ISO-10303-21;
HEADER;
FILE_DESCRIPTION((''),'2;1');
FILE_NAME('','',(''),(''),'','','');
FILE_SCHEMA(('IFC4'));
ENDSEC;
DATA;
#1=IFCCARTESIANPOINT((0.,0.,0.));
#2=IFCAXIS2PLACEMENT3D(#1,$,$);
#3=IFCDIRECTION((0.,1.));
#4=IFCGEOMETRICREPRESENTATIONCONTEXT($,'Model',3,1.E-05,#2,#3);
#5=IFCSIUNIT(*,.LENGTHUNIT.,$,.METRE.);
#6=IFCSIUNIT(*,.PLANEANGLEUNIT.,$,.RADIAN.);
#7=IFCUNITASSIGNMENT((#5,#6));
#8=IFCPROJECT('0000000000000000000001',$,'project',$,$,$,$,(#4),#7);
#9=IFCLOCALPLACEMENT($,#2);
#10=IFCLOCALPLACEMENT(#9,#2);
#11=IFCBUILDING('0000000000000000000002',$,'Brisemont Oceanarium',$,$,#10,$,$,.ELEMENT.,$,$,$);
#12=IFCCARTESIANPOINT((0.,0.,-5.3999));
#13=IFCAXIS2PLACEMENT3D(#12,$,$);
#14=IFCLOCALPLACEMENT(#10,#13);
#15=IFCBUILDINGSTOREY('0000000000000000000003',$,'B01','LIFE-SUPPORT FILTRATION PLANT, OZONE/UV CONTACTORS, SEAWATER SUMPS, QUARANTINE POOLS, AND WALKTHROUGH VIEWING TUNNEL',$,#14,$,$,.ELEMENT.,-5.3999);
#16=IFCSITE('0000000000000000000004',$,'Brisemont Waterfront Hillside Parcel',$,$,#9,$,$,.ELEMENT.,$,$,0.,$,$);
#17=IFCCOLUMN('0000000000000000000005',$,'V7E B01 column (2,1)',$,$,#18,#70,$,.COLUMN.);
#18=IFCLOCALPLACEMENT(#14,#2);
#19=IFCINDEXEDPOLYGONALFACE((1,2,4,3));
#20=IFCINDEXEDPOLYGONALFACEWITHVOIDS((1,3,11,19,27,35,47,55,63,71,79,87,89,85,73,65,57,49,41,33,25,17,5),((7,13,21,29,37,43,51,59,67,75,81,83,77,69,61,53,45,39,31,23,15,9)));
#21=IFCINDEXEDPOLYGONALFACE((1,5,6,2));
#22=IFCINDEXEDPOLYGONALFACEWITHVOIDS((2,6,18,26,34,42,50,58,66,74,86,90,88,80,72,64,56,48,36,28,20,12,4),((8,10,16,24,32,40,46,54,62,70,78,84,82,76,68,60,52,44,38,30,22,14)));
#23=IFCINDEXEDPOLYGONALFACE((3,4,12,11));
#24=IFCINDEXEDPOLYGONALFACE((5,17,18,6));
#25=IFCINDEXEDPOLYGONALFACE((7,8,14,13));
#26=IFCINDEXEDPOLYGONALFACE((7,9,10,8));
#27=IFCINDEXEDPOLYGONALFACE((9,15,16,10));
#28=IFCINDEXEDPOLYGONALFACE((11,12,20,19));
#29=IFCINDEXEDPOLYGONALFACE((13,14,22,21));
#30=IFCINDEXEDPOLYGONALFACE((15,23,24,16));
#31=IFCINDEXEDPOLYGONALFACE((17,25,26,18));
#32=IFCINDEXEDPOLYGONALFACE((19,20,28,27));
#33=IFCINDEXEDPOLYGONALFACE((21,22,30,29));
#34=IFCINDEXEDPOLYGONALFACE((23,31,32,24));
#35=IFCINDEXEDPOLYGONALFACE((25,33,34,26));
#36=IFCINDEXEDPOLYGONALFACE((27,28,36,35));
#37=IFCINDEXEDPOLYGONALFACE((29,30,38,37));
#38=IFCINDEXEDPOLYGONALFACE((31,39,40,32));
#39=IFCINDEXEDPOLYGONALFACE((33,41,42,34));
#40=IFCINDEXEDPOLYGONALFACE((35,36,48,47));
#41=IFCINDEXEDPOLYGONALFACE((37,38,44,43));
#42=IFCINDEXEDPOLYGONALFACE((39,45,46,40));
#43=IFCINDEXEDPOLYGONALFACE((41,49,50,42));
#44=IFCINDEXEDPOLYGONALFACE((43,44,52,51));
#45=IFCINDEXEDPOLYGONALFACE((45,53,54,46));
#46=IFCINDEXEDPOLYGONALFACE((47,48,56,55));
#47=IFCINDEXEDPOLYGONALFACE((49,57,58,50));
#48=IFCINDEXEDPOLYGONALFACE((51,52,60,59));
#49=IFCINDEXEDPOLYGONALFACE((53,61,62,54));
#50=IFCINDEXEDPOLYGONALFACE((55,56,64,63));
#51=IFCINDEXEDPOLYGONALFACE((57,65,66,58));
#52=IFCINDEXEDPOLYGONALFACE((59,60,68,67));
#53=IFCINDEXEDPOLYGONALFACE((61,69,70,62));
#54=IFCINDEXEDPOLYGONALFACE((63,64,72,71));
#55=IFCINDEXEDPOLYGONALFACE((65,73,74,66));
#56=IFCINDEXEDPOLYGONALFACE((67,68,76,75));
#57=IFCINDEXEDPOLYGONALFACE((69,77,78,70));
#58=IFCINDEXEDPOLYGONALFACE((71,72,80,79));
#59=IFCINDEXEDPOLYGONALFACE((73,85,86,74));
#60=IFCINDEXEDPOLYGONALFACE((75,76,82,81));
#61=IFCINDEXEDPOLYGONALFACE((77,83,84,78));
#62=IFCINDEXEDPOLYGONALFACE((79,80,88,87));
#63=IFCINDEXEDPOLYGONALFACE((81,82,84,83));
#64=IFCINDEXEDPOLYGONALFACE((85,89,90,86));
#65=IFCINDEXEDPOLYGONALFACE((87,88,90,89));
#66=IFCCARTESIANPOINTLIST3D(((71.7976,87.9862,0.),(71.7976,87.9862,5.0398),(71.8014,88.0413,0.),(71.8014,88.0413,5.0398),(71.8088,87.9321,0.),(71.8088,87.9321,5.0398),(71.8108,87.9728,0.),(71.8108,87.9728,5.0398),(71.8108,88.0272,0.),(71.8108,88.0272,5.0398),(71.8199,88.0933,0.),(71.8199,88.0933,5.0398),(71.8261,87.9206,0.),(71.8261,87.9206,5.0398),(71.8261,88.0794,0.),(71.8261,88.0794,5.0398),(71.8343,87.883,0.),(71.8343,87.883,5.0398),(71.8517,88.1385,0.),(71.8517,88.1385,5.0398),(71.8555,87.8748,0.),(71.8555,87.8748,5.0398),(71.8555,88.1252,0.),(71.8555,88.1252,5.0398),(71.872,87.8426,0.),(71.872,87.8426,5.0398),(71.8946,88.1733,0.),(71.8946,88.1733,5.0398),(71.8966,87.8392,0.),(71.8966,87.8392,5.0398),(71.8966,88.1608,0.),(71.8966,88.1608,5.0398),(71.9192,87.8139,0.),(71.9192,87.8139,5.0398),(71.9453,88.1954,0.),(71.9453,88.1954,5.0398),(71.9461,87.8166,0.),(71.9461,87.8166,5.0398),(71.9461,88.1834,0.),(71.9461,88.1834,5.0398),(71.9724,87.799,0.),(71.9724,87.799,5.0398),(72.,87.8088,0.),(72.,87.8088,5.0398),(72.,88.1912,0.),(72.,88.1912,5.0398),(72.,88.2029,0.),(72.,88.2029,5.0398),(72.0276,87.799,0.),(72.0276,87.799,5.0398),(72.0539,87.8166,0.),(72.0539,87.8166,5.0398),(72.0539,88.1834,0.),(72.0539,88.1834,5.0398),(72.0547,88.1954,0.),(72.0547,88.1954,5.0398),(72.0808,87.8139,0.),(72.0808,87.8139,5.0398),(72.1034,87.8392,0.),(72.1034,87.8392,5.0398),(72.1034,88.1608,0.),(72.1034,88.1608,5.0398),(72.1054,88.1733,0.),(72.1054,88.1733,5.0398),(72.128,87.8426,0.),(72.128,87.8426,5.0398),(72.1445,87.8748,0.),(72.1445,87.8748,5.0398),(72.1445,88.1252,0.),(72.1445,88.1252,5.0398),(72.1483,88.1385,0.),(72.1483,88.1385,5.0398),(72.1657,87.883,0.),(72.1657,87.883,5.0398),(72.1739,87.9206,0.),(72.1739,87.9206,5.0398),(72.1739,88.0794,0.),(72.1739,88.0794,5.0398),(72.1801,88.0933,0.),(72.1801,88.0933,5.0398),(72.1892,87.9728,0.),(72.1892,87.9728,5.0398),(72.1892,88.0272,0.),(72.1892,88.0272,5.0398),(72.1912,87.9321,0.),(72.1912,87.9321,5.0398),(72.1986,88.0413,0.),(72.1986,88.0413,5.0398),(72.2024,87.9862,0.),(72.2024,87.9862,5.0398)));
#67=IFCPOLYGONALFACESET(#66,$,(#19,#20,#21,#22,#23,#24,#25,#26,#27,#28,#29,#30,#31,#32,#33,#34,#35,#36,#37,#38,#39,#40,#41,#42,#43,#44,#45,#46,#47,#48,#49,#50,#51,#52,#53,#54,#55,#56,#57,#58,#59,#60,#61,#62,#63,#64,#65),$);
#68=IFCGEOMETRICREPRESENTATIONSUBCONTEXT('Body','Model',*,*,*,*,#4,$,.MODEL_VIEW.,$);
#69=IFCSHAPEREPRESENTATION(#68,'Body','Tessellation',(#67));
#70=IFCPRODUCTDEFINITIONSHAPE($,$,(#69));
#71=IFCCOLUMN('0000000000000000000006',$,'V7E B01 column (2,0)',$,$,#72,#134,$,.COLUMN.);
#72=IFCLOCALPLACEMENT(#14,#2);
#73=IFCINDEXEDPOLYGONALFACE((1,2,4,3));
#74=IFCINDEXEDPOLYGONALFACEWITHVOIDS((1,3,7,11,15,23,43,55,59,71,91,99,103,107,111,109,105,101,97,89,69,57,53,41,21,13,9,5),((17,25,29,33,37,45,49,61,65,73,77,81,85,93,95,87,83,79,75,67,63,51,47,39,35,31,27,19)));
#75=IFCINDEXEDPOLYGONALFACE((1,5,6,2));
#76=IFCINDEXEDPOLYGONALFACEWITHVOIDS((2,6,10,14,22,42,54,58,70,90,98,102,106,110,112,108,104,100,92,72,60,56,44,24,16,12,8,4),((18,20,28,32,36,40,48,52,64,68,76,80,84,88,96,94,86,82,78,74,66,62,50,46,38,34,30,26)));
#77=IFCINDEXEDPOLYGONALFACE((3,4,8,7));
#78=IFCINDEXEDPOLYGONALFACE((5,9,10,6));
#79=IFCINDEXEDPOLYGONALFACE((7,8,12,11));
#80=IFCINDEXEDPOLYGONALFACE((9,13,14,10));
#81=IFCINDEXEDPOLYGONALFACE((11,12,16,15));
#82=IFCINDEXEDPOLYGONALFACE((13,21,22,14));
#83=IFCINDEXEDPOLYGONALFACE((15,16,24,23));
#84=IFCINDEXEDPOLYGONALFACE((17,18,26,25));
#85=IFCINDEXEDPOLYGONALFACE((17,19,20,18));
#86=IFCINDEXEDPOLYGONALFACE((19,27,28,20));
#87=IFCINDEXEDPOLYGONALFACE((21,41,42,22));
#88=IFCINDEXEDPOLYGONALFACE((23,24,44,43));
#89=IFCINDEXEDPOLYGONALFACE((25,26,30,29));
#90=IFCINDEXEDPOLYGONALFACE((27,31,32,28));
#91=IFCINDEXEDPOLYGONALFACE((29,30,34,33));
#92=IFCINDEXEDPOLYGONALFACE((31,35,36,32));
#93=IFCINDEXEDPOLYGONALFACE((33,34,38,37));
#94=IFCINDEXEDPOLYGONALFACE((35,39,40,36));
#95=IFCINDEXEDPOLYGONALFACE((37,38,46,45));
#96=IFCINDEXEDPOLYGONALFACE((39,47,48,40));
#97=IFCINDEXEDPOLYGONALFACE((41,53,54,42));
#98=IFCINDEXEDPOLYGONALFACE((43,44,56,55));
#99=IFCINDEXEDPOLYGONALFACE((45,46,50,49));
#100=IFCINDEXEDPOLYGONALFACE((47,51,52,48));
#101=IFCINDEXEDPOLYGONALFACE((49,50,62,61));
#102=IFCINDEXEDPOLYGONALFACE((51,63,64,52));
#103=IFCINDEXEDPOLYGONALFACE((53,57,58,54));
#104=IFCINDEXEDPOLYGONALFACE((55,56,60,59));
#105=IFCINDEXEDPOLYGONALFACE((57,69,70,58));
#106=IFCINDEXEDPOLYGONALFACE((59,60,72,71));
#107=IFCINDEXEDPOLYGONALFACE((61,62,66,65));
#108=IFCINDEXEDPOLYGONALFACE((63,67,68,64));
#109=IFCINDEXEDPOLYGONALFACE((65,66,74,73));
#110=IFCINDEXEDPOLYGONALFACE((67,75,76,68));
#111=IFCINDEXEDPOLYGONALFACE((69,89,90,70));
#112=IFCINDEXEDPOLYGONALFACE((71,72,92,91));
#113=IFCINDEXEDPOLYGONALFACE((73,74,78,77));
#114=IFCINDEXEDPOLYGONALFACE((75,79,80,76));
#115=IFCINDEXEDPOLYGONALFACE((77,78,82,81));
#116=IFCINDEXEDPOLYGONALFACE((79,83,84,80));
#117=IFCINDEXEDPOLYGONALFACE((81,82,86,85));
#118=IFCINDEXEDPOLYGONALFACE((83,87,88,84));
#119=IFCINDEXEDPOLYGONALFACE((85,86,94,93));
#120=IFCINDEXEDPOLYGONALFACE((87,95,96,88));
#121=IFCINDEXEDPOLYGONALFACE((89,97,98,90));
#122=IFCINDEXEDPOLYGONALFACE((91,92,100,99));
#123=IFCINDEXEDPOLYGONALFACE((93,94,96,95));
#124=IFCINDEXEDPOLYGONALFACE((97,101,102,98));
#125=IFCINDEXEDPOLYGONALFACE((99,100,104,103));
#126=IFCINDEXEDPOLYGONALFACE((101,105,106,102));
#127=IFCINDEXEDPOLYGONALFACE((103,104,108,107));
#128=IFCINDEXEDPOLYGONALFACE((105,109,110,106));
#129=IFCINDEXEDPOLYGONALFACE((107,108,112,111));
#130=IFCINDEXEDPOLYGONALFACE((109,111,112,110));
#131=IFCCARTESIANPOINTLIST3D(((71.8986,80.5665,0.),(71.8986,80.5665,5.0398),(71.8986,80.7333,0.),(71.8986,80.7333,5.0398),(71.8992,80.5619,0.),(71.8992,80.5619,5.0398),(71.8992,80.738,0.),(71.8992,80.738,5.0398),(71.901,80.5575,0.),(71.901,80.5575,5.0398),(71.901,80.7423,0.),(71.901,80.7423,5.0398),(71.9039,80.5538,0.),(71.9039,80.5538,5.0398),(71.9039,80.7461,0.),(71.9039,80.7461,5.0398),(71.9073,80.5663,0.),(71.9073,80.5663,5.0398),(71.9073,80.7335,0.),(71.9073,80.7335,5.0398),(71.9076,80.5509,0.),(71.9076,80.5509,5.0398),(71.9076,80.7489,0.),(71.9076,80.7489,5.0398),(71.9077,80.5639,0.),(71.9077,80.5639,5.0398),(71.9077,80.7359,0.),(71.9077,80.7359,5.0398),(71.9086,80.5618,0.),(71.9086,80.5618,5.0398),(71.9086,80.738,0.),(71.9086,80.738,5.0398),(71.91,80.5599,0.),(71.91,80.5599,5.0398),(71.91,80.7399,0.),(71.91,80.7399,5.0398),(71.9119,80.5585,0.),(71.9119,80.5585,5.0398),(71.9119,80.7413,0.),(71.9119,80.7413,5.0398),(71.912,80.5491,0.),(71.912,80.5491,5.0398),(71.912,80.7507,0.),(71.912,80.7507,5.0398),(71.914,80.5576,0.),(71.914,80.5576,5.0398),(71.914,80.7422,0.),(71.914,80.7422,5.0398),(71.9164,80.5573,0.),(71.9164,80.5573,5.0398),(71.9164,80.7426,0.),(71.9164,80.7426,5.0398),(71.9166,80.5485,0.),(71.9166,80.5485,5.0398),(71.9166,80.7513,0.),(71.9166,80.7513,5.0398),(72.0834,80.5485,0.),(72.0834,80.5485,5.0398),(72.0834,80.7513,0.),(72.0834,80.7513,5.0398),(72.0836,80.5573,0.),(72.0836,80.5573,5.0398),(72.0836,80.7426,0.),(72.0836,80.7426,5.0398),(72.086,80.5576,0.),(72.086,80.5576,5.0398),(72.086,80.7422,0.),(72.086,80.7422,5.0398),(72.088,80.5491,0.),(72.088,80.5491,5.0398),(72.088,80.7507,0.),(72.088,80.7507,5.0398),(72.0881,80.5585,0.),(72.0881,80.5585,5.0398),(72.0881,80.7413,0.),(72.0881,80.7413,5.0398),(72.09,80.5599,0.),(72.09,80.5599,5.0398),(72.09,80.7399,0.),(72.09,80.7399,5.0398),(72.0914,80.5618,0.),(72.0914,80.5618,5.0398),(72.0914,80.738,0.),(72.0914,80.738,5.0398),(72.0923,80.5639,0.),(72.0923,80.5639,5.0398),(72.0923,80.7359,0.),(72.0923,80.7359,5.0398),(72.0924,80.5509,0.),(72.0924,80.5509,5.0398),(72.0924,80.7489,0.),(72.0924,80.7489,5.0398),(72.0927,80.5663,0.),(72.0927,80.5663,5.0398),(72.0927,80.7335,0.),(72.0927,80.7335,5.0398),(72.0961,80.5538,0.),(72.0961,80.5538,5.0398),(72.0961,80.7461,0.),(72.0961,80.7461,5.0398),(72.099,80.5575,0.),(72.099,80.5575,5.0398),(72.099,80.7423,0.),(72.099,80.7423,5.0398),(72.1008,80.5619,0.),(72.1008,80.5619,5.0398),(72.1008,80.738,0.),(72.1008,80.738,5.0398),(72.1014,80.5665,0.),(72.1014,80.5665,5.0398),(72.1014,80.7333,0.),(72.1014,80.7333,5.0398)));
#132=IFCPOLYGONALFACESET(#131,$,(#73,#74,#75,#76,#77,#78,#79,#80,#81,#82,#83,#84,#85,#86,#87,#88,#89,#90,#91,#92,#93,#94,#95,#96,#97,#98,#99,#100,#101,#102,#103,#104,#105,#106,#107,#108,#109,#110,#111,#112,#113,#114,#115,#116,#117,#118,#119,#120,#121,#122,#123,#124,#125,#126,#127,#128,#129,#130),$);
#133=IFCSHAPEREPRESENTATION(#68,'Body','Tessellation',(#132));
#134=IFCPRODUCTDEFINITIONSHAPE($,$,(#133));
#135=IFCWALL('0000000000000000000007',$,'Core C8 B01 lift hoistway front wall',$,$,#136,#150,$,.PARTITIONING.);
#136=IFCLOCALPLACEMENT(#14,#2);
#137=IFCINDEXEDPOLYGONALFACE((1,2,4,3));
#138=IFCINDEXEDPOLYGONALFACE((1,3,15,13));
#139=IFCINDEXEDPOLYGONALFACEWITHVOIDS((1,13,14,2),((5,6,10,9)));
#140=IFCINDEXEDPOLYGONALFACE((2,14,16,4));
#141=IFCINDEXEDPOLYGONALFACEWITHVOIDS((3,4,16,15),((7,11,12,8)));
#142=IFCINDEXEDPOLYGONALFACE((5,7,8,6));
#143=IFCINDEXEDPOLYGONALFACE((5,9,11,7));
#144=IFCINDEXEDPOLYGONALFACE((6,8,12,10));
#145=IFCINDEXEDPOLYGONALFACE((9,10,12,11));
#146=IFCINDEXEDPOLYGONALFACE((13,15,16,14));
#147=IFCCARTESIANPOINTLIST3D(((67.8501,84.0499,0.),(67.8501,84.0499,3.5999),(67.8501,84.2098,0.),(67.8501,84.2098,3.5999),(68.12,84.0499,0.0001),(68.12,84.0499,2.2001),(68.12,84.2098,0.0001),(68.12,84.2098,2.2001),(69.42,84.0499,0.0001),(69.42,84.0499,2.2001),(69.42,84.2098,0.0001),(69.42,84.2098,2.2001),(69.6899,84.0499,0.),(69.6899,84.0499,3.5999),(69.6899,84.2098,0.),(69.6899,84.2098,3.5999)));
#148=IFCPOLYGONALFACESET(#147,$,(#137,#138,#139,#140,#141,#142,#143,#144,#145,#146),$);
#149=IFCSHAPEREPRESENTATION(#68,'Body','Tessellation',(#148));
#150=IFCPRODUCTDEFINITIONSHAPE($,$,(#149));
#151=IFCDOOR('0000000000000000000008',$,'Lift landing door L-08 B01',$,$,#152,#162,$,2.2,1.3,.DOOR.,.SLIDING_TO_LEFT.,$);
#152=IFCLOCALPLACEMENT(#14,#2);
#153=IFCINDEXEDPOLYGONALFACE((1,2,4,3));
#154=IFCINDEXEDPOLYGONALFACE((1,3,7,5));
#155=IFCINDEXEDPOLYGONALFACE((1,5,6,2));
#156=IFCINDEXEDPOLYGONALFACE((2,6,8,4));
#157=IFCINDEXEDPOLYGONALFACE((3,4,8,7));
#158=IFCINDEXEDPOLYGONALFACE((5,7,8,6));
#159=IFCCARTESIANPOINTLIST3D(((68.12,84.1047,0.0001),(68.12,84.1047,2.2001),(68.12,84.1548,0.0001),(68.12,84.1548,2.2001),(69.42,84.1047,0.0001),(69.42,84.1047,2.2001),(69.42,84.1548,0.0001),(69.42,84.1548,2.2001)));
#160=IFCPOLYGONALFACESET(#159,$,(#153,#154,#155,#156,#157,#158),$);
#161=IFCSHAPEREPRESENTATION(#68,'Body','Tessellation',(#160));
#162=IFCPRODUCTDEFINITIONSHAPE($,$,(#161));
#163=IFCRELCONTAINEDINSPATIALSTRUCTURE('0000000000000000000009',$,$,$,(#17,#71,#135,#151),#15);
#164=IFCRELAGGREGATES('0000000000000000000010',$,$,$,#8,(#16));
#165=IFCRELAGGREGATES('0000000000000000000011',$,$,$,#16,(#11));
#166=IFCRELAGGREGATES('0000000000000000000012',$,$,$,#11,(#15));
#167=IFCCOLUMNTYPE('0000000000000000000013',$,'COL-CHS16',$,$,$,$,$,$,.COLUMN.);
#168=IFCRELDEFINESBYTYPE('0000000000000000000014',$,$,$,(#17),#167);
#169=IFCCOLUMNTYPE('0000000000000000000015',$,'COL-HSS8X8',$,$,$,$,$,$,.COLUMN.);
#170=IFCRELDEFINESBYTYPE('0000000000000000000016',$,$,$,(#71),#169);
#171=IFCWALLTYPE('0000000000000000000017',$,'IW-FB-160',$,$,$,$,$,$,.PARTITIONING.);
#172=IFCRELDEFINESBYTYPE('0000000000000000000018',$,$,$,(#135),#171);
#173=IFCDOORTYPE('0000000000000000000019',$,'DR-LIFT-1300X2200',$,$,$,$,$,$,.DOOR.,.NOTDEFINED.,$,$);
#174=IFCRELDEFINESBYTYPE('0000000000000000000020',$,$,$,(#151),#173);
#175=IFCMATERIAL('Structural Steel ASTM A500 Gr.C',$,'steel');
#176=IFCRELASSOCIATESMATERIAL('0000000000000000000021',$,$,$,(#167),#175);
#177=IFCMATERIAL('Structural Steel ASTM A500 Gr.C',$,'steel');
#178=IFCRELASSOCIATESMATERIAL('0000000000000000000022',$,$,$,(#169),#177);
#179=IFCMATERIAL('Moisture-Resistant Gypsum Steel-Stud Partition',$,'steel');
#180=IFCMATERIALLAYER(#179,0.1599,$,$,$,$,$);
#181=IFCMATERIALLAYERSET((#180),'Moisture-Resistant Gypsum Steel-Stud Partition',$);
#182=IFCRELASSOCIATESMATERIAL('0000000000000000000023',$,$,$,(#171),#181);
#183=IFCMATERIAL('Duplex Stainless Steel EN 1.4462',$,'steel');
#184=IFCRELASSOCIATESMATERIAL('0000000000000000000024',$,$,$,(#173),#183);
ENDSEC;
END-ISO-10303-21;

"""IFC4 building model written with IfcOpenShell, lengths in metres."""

from ifc_helpers import new_model, si_unit, direction, frame, frame_2d, origin, origin_2d, place, context, subcontext, project, spatial, rectangle, hollow_rectangle, hollow_circle, extrude, material, layer, layer_set, material_profile, profile_set, type_object, element, fill, save


model = new_model("IFC4")

# Units and contexts
model_context = context("Model", 3, precision=1e-05, world=origin(), true_north=direction((0.0, 1.0)))
body_context = subcontext(model_context, "Body", "Model", "MODEL_VIEW")
ifc_project = project(units=[si_unit("LENGTHUNIT", "METRE"), si_unit("PLANEANGLEUNIT", "RADIAN")], contexts=[model_context])

# Site, building, storey
site_placement = place(None, origin())
site = spatial("IfcSite", under=ifc_project, at=site_placement, Name="Brisemont Waterfront Hillside Parcel", CompositionType="ELEMENT", RefElevation=0.0)
building_placement = place(site_placement, origin())
building = spatial("IfcBuilding", under=site, at=building_placement, Name="Brisemont Oceanarium", CompositionType="ELEMENT")
storey_placement = place(building_placement, frame((0.0, 0.0, -5.3999)))
storey = spatial("IfcBuildingStorey", under=building, at=storey_placement, Name="B01", Description="LIFE-SUPPORT FILTRATION PLANT, OZONE/UV CONTACTORS, SEAWATER SUMPS, QUARANTINE POOLS, AND WALKTHROUGH VIEWING TUNNEL", CompositionType="ELEMENT", Elevation=-5.3999)

# Columns
ifc_material_1 = material(Name="Structural Steel ASTM A500 Gr.C", Category="steel")
ifc_material_profile_1 = material_profile(ifc_material_1, hollow_circle(Radius=0.2029, WallThickness=0.0117, at=origin_2d()), Name="HSS16.000X0.500")
ifc_profile_set_1 = profile_set([ifc_material_profile_1], Name="Structural Steel ASTM A500 Gr.C")
column_type_1 = type_object("IfcColumnType", Name="COL-CHS16", PredefinedType="COLUMN", material=ifc_profile_set_1)
column_1_placement = place(storey_placement, frame((72.0, 88.0, 0.0), z_axis=(0.0, 0.0, 1.0), x_axis=(0.0, 1.0, 0.0)))
element("IfcColumn", 1, at=column_1_placement, inside=storey, type_object=column_type_1, Name="V7E B01 column (2,1)", PredefinedType="COLUMN", context=body_context, shape_type="SweptSolid", body=[
    extrude(hollow_circle(Radius=0.2029, WallThickness=0.0117, at=origin_2d()), origin(), (0.0, 0.0, 1.0), 5.0398),
])
ifc_material_2 = material(Name="Structural Steel ASTM A500 Gr.C", Category="steel")
ifc_material_profile_2 = material_profile(ifc_material_2, hollow_rectangle(XDim=0.2029, YDim=0.2029, WallThickness=0.0088, InnerFilletRadius=0.009, OuterFilletRadius=0.0181, at=origin_2d()), Name="HSS8X8X3/8")
ifc_profile_set_2 = profile_set([ifc_material_profile_2], Name="Structural Steel ASTM A500 Gr.C")
column_type_2 = type_object("IfcColumnType", Name="COL-HSS8X8", PredefinedType="COLUMN", material=ifc_profile_set_2)
column_2_placement = place(storey_placement, frame((72.0, 80.6499, 0.0), z_axis=(0.0, 0.0, 1.0), x_axis=(1.0, 0.0, 0.0)))
element("IfcColumn", 2, at=column_2_placement, inside=storey, type_object=column_type_2, Name="V7E B01 column (2,0)", PredefinedType="COLUMN", context=body_context, shape_type="SweptSolid", body=[
    extrude(hollow_rectangle(XDim=0.2029, YDim=0.2029, WallThickness=0.0088, InnerFilletRadius=0.009, OuterFilletRadius=0.0181, at=origin_2d()), origin(), (0.0, 0.0, 1.0), 5.0398),
])

# Wall, opening, door
ifc_material_3 = material(Name="Moisture-Resistant Gypsum Steel-Stud Partition", Category="steel")
ifc_layer_1 = layer(ifc_material_3, 0.1599)
ifc_layer_set_1 = layer_set([ifc_layer_1], Name="Moisture-Resistant Gypsum Steel-Stud Partition")
wall_type_1 = type_object("IfcWallType", Name="IW-FB-160", PredefinedType="PARTITIONING", material=ifc_layer_set_1)
wall_1_placement = place(storey_placement, frame((67.8501, 84.1299, 0.0), z_axis=(0.0, 0.0, 1.0), x_axis=(1.0, 0.0, 0.0)))
wall_1 = element("IfcWall", 3, at=wall_1_placement, inside=storey, type_object=wall_type_1, Name="Core C8 B01 lift hoistway front wall", PredefinedType="PARTITIONING", context=body_context, shape_type="SweptSolid", body=[
    extrude(rectangle(XDim=1.8398, YDim=0.1599, at=frame_2d((0.9199, 0.0))), origin(), (0.0, 0.0, 1.0), 3.5999),
])
opening_1_placement = place(wall_1_placement, frame((0.27, 0.0, 0.0)))
opening_1 = element("IfcOpeningElement", 4, at=opening_1_placement, cuts=wall_1, PredefinedType="OPENING", context=body_context, shape_type="SweptSolid", body=[
    extrude(rectangle(XDim=1.3, YDim=2.2, at=frame_2d((0.6499, 1.1001))), frame((0.0, 0.0898, 0.0), z_axis=(0.0, -1.0, 0.0), x_axis=(1.0, 0.0, 0.0)), (0.0, 0.0, 1.0), 0.1799),
])
ifc_material_4 = material(Name="Duplex Stainless Steel EN 1.4462", Category="steel")
door_type_1 = type_object("IfcDoorType", Name="DR-LIFT-1300X2200", OperationType="NOTDEFINED", PredefinedType="DOOR", material=ifc_material_4)
door_1_placement = place(opening_1_placement, origin())
door_1 = element("IfcDoor", 5, at=door_1_placement, inside=storey, type_object=door_type_1, Name="Lift landing door L-08 B01", OperationType="SLIDING_TO_LEFT", OverallHeight=2.2, OverallWidth=1.3, PredefinedType="DOOR", context=body_context, shape_type="SweptSolid", body=[
    extrude(rectangle(XDim=1.3, YDim=2.2, at=frame_2d((0.6499, 1.1001))), frame((0.0, 0.0249, 0.0), z_axis=(0.0, -1.0, 0.0), x_axis=(1.0, 0.0, 0.0)), (0.0, 0.0, 1.0), 0.05),
])
fill(opening_1, door_1)

save(model, "model.ifc")
